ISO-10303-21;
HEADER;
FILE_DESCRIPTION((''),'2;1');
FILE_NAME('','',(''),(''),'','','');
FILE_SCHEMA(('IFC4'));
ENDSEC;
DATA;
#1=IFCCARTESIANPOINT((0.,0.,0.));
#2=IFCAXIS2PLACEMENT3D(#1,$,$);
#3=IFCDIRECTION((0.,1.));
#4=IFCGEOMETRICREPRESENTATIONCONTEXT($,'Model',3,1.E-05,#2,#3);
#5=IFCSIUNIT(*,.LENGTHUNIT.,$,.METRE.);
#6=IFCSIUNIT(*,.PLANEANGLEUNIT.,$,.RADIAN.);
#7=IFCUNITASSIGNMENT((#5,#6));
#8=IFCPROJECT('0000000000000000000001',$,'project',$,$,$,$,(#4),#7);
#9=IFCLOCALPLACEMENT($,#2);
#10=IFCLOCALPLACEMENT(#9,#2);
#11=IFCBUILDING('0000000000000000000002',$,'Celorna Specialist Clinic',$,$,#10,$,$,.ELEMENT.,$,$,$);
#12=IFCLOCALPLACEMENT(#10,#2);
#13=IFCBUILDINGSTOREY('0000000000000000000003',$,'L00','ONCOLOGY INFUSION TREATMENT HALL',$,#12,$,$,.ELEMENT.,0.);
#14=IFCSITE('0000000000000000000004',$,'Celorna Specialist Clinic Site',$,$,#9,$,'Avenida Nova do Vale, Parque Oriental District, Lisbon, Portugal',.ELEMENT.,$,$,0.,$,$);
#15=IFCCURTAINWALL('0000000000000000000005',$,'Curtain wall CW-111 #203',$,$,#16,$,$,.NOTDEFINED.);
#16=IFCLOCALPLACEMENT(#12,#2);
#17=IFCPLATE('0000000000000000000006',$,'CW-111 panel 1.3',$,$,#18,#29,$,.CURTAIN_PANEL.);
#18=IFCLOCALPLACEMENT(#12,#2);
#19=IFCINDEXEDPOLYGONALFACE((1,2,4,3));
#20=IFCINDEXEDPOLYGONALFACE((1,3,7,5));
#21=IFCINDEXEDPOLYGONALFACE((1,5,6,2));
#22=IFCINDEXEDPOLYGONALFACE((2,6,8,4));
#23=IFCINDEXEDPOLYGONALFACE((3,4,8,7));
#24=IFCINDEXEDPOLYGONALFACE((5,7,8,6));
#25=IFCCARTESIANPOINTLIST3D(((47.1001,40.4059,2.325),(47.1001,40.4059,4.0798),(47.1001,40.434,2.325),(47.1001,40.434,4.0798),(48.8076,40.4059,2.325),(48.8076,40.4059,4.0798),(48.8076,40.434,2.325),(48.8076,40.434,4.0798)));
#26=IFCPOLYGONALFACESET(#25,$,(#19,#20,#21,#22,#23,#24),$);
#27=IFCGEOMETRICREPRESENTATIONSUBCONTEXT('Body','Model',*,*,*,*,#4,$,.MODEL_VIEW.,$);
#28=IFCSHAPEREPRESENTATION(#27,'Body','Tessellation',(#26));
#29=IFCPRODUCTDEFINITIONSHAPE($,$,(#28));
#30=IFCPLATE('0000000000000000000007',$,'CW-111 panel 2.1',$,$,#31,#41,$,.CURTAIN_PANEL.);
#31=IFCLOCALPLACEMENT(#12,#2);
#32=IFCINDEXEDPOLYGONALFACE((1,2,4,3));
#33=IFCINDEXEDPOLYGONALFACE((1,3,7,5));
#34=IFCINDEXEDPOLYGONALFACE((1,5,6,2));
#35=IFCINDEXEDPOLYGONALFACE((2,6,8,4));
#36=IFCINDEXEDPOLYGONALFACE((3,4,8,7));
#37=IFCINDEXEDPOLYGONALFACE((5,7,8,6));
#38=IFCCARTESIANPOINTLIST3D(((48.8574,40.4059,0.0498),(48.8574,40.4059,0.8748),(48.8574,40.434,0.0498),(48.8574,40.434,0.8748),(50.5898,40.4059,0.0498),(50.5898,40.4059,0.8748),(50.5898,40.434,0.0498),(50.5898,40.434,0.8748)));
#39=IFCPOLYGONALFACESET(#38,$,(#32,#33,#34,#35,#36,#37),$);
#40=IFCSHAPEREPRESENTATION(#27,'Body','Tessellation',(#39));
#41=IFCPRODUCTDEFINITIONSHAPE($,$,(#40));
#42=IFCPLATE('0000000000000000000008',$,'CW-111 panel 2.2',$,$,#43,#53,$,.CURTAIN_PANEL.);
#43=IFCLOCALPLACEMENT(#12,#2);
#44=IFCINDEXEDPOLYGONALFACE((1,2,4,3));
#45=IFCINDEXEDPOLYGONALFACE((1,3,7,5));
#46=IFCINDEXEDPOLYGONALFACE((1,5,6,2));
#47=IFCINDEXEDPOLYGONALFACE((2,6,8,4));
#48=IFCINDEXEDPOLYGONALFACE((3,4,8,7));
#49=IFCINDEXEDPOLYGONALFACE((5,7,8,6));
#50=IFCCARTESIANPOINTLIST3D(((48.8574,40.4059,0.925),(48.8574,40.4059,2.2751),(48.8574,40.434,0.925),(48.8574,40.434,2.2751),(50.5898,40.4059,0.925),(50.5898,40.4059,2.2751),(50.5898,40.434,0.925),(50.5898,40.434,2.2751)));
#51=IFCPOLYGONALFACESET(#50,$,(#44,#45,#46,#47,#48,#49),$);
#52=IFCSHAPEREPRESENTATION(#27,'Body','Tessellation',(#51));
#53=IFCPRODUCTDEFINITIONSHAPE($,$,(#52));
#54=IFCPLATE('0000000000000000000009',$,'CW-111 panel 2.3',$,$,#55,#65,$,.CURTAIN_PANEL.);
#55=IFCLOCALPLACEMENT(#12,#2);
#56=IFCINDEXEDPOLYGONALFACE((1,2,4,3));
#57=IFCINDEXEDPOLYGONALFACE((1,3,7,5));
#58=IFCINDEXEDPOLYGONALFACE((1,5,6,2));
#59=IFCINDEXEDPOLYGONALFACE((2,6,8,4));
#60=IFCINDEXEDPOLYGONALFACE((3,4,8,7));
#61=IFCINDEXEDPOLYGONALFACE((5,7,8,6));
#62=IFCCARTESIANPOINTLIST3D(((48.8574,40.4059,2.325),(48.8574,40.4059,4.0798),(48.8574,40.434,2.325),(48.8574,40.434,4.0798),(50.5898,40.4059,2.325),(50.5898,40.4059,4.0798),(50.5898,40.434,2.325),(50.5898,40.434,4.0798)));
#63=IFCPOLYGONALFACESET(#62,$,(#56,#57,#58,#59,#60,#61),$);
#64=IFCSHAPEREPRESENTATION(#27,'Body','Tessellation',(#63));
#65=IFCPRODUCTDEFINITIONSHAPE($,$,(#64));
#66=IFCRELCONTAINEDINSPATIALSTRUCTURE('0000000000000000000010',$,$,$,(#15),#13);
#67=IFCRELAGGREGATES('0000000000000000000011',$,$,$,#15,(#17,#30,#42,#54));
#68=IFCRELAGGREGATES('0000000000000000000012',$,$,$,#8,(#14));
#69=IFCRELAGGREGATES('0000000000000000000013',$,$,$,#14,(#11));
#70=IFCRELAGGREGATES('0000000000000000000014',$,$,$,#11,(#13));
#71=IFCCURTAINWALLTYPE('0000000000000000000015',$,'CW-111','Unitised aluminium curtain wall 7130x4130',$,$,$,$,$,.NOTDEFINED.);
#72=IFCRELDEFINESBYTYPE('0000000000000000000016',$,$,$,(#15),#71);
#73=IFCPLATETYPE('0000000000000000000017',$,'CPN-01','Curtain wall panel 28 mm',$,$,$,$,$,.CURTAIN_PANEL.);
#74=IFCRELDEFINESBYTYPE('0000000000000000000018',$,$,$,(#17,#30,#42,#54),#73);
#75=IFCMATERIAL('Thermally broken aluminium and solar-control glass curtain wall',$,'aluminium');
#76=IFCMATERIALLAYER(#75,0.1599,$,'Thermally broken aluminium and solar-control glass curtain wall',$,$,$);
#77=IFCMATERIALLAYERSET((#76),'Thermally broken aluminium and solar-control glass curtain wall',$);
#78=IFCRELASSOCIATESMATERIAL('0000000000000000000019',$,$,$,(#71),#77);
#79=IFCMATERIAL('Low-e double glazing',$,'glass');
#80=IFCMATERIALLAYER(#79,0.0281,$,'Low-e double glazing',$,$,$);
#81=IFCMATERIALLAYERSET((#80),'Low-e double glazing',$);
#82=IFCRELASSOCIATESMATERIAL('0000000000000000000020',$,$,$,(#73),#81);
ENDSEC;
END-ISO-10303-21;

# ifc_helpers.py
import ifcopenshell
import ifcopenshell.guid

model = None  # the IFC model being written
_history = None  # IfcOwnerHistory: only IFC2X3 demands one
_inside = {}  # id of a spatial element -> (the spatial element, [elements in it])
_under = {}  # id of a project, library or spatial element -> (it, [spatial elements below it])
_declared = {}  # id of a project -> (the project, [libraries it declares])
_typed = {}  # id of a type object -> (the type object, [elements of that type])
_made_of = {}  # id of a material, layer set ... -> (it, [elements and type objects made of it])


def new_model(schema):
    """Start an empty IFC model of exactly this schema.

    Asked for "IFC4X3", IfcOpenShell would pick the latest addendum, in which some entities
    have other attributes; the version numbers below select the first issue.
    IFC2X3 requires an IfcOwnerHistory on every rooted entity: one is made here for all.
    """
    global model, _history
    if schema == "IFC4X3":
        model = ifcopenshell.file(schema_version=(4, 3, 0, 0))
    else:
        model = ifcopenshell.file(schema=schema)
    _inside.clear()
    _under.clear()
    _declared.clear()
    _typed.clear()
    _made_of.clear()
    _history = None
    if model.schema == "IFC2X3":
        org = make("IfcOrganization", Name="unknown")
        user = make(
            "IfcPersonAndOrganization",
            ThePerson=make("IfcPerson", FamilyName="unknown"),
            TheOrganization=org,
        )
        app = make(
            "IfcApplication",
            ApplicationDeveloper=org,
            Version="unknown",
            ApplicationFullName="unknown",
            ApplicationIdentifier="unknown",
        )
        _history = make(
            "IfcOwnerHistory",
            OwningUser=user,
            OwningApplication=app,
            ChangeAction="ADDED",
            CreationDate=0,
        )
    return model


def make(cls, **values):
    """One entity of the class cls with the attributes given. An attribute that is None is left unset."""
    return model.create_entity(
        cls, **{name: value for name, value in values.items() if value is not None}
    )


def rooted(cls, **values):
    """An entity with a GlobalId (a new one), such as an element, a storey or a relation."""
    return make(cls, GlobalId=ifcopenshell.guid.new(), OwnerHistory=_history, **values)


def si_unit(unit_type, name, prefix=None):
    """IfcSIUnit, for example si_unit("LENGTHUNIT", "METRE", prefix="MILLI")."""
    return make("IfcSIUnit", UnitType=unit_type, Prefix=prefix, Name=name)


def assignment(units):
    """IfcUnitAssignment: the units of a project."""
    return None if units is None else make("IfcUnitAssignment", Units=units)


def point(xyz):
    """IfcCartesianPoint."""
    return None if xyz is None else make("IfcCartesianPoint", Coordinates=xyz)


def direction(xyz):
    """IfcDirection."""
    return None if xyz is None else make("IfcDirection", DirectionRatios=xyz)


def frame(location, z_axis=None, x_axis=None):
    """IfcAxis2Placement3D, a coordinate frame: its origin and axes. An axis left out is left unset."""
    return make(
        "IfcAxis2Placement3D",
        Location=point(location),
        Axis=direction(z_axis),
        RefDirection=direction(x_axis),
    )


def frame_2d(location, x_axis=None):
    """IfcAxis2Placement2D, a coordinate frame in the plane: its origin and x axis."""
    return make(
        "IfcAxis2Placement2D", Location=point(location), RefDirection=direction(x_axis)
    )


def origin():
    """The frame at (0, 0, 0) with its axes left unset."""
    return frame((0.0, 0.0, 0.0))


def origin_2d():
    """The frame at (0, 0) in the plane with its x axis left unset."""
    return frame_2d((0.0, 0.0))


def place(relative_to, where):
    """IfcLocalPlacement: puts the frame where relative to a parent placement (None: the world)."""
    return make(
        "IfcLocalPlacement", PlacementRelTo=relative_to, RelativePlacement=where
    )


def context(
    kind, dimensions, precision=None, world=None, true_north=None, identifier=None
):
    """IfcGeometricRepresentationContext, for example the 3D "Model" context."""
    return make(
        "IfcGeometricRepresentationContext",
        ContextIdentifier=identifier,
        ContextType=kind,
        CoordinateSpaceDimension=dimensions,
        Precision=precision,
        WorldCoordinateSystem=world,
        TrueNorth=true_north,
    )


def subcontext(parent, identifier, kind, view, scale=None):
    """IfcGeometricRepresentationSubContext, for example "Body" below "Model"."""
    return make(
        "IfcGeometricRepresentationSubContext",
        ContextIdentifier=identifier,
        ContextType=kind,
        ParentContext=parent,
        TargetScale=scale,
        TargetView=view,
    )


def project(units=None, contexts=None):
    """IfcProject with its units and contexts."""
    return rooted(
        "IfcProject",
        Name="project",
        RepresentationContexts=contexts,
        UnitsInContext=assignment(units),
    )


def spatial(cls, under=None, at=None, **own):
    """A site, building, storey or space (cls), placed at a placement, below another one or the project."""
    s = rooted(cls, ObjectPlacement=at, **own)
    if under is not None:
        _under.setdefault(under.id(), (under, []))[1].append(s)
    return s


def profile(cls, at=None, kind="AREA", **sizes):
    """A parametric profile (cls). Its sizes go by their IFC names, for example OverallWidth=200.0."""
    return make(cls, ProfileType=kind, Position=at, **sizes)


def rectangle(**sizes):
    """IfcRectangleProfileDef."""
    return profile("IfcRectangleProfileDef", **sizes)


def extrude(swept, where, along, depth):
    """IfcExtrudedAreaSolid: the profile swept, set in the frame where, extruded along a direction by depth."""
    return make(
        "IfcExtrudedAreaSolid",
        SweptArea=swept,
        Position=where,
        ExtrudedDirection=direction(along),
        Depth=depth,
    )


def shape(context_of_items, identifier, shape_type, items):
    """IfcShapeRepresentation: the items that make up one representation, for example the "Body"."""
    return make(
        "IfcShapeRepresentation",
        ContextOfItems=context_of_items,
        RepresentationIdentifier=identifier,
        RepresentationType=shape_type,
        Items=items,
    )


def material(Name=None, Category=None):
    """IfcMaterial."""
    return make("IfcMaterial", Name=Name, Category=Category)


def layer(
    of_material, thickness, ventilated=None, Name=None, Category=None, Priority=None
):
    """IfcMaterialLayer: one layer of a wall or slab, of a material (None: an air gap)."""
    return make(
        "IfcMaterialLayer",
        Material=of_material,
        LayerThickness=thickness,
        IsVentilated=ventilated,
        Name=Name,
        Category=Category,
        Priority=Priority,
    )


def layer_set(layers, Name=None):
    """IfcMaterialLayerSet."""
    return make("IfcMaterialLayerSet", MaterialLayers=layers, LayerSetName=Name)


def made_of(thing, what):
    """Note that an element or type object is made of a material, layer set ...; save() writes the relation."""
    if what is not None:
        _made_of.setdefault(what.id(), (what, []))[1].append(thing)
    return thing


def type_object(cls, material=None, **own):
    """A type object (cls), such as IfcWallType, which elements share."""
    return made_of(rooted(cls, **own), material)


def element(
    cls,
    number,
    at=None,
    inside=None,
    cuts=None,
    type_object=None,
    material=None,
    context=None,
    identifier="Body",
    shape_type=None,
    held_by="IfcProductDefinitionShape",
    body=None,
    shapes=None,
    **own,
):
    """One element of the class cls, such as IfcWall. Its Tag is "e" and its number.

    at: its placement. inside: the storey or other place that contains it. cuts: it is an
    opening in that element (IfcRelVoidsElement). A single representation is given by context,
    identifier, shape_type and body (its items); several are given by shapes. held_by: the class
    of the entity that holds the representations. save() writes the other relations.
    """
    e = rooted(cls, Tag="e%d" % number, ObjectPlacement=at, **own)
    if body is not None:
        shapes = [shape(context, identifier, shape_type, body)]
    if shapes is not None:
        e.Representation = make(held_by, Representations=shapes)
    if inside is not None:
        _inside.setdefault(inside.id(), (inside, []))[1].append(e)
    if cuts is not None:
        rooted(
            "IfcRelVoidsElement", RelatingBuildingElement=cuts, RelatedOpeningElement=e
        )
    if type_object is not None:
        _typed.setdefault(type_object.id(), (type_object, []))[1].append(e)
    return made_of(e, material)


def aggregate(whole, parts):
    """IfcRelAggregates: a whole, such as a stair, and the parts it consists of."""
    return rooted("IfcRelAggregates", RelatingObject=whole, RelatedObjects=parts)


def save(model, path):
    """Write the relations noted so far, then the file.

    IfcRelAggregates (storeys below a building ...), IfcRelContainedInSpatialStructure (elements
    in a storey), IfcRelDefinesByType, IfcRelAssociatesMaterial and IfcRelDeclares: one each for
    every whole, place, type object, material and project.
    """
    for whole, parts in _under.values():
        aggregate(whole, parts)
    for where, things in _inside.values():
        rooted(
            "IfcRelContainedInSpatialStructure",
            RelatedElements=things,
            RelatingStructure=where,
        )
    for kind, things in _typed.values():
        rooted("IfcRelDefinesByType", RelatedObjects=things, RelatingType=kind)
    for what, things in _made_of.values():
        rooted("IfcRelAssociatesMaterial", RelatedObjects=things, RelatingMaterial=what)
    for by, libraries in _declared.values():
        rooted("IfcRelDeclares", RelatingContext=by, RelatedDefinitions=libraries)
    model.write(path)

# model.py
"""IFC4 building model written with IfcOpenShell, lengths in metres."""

from ifc_helpers import new_model, si_unit, direction, frame, origin, origin_2d, place, context, subcontext, project, spatial, rectangle, extrude, material, layer, layer_set, type_object, element, aggregate, save


model = new_model("IFC4")

# Units and contexts
model_context = context("Model", 3, precision=1e-05, world=origin(), true_north=direction((0.0, 1.0)))
body_context = subcontext(model_context, "Body", "Model", "MODEL_VIEW")
ifc_project = project(units=[si_unit("LENGTHUNIT", "METRE"), si_unit("PLANEANGLEUNIT", "RADIAN")], contexts=[model_context])

# Site, building, storey
site_placement = place(None, origin())
site = spatial("IfcSite", under=ifc_project, at=site_placement, Name="Celorna Specialist Clinic Site", LongName="Avenida Nova do Vale, Parque Oriental District, Lisbon, Portugal", CompositionType="ELEMENT", RefElevation=0.0)
building_placement = place(site_placement, origin())
building = spatial("IfcBuilding", under=site, at=building_placement, Name="Celorna Specialist Clinic", CompositionType="ELEMENT")
storey_placement = place(building_placement, origin())
storey = spatial("IfcBuildingStorey", under=building, at=storey_placement, Name="L00", Description="ONCOLOGY INFUSION TREATMENT HALL", CompositionType="ELEMENT", Elevation=0.0)

# Curtain wall
ifc_material_1 = material(Name="Thermally broken aluminium and solar-control glass curtain wall", Category="aluminium")
ifc_layer_1 = layer(ifc_material_1, 0.1599, Name="Thermally broken aluminium and solar-control glass curtain wall")
ifc_layer_set_1 = layer_set([ifc_layer_1], Name="Thermally broken aluminium and solar-control glass curtain wall")
curtain_wall_type = type_object("IfcCurtainWallType", Name="CW-111", Description="Unitised aluminium curtain wall 7130x4130", PredefinedType="NOTDEFINED", material=ifc_layer_set_1)
curtain_wall_1_placement = place(storey_placement, origin())
curtain_wall_1 = element("IfcCurtainWall", 1, at=curtain_wall_1_placement, inside=storey, type_object=curtain_wall_type, Name="Curtain wall CW-111 #203", PredefinedType="NOTDEFINED")

# Plates
ifc_material_2 = material(Name="Low-e double glazing", Category="glass")
ifc_layer_2 = layer(ifc_material_2, 0.0281, Name="Low-e double glazing")
ifc_layer_set_2 = layer_set([ifc_layer_2], Name="Low-e double glazing")
plate_type = type_object("IfcPlateType", Name="CPN-01", Description="Curtain wall panel 28 mm", PredefinedType="CURTAIN_PANEL", material=ifc_layer_set_2)
plate_1_placement = place(storey_placement, frame((47.9539, 40.4199, 2.325), z_axis=(0.0, 0.0, 1.0), x_axis=(1.0, 0.0, 0.0)))
plate_1 = element("IfcPlate", 2, at=plate_1_placement, type_object=plate_type, Name="CW-111 panel 1.3", PredefinedType="CURTAIN_PANEL", context=body_context, shape_type="SweptSolid", body=[
    extrude(rectangle(XDim=1.7075, YDim=0.0281, at=origin_2d()), origin(), (0.0, 0.0, 1.0), 1.7549),
])
plate_2_placement = place(storey_placement, frame((49.7236, 40.4199, 0.0498), z_axis=(0.0, 0.0, 1.0), x_axis=(1.0, 0.0, 0.0)))
plate_2 = element("IfcPlate", 3, at=plate_2_placement, type_object=plate_type, Name="CW-111 panel 2.1", PredefinedType="CURTAIN_PANEL", context=body_context, shape_type="SweptSolid", body=[
    extrude(rectangle(XDim=1.7324, YDim=0.0281, at=origin_2d()), origin(), (0.0, 0.0, 1.0), 0.825),
])
plate_3_placement = place(storey_placement, frame((49.7236, 40.4199, 0.925), z_axis=(0.0, 0.0, 1.0), x_axis=(1.0, 0.0, 0.0)))
plate_3 = element("IfcPlate", 4, at=plate_3_placement, type_object=plate_type, Name="CW-111 panel 2.2", PredefinedType="CURTAIN_PANEL", context=body_context, shape_type="SweptSolid", body=[
    extrude(rectangle(XDim=1.7324, YDim=0.0281, at=origin_2d()), origin(), (0.0, 0.0, 1.0), 1.3501),
])
plate_4_placement = place(storey_placement, frame((49.7236, 40.4199, 2.325), z_axis=(0.0, 0.0, 1.0), x_axis=(1.0, 0.0, 0.0)))
plate_4 = element("IfcPlate", 5, at=plate_4_placement, type_object=plate_type, Name="CW-111 panel 2.3", PredefinedType="CURTAIN_PANEL", context=body_context, shape_type="SweptSolid", body=[
    extrude(rectangle(XDim=1.7324, YDim=0.0281, at=origin_2d()), origin(), (0.0, 0.0, 1.0), 1.7549),
])
aggregate(curtain_wall_1, [plate_1, plate_2, plate_3, plate_4])

save(model, "model.ifc")
